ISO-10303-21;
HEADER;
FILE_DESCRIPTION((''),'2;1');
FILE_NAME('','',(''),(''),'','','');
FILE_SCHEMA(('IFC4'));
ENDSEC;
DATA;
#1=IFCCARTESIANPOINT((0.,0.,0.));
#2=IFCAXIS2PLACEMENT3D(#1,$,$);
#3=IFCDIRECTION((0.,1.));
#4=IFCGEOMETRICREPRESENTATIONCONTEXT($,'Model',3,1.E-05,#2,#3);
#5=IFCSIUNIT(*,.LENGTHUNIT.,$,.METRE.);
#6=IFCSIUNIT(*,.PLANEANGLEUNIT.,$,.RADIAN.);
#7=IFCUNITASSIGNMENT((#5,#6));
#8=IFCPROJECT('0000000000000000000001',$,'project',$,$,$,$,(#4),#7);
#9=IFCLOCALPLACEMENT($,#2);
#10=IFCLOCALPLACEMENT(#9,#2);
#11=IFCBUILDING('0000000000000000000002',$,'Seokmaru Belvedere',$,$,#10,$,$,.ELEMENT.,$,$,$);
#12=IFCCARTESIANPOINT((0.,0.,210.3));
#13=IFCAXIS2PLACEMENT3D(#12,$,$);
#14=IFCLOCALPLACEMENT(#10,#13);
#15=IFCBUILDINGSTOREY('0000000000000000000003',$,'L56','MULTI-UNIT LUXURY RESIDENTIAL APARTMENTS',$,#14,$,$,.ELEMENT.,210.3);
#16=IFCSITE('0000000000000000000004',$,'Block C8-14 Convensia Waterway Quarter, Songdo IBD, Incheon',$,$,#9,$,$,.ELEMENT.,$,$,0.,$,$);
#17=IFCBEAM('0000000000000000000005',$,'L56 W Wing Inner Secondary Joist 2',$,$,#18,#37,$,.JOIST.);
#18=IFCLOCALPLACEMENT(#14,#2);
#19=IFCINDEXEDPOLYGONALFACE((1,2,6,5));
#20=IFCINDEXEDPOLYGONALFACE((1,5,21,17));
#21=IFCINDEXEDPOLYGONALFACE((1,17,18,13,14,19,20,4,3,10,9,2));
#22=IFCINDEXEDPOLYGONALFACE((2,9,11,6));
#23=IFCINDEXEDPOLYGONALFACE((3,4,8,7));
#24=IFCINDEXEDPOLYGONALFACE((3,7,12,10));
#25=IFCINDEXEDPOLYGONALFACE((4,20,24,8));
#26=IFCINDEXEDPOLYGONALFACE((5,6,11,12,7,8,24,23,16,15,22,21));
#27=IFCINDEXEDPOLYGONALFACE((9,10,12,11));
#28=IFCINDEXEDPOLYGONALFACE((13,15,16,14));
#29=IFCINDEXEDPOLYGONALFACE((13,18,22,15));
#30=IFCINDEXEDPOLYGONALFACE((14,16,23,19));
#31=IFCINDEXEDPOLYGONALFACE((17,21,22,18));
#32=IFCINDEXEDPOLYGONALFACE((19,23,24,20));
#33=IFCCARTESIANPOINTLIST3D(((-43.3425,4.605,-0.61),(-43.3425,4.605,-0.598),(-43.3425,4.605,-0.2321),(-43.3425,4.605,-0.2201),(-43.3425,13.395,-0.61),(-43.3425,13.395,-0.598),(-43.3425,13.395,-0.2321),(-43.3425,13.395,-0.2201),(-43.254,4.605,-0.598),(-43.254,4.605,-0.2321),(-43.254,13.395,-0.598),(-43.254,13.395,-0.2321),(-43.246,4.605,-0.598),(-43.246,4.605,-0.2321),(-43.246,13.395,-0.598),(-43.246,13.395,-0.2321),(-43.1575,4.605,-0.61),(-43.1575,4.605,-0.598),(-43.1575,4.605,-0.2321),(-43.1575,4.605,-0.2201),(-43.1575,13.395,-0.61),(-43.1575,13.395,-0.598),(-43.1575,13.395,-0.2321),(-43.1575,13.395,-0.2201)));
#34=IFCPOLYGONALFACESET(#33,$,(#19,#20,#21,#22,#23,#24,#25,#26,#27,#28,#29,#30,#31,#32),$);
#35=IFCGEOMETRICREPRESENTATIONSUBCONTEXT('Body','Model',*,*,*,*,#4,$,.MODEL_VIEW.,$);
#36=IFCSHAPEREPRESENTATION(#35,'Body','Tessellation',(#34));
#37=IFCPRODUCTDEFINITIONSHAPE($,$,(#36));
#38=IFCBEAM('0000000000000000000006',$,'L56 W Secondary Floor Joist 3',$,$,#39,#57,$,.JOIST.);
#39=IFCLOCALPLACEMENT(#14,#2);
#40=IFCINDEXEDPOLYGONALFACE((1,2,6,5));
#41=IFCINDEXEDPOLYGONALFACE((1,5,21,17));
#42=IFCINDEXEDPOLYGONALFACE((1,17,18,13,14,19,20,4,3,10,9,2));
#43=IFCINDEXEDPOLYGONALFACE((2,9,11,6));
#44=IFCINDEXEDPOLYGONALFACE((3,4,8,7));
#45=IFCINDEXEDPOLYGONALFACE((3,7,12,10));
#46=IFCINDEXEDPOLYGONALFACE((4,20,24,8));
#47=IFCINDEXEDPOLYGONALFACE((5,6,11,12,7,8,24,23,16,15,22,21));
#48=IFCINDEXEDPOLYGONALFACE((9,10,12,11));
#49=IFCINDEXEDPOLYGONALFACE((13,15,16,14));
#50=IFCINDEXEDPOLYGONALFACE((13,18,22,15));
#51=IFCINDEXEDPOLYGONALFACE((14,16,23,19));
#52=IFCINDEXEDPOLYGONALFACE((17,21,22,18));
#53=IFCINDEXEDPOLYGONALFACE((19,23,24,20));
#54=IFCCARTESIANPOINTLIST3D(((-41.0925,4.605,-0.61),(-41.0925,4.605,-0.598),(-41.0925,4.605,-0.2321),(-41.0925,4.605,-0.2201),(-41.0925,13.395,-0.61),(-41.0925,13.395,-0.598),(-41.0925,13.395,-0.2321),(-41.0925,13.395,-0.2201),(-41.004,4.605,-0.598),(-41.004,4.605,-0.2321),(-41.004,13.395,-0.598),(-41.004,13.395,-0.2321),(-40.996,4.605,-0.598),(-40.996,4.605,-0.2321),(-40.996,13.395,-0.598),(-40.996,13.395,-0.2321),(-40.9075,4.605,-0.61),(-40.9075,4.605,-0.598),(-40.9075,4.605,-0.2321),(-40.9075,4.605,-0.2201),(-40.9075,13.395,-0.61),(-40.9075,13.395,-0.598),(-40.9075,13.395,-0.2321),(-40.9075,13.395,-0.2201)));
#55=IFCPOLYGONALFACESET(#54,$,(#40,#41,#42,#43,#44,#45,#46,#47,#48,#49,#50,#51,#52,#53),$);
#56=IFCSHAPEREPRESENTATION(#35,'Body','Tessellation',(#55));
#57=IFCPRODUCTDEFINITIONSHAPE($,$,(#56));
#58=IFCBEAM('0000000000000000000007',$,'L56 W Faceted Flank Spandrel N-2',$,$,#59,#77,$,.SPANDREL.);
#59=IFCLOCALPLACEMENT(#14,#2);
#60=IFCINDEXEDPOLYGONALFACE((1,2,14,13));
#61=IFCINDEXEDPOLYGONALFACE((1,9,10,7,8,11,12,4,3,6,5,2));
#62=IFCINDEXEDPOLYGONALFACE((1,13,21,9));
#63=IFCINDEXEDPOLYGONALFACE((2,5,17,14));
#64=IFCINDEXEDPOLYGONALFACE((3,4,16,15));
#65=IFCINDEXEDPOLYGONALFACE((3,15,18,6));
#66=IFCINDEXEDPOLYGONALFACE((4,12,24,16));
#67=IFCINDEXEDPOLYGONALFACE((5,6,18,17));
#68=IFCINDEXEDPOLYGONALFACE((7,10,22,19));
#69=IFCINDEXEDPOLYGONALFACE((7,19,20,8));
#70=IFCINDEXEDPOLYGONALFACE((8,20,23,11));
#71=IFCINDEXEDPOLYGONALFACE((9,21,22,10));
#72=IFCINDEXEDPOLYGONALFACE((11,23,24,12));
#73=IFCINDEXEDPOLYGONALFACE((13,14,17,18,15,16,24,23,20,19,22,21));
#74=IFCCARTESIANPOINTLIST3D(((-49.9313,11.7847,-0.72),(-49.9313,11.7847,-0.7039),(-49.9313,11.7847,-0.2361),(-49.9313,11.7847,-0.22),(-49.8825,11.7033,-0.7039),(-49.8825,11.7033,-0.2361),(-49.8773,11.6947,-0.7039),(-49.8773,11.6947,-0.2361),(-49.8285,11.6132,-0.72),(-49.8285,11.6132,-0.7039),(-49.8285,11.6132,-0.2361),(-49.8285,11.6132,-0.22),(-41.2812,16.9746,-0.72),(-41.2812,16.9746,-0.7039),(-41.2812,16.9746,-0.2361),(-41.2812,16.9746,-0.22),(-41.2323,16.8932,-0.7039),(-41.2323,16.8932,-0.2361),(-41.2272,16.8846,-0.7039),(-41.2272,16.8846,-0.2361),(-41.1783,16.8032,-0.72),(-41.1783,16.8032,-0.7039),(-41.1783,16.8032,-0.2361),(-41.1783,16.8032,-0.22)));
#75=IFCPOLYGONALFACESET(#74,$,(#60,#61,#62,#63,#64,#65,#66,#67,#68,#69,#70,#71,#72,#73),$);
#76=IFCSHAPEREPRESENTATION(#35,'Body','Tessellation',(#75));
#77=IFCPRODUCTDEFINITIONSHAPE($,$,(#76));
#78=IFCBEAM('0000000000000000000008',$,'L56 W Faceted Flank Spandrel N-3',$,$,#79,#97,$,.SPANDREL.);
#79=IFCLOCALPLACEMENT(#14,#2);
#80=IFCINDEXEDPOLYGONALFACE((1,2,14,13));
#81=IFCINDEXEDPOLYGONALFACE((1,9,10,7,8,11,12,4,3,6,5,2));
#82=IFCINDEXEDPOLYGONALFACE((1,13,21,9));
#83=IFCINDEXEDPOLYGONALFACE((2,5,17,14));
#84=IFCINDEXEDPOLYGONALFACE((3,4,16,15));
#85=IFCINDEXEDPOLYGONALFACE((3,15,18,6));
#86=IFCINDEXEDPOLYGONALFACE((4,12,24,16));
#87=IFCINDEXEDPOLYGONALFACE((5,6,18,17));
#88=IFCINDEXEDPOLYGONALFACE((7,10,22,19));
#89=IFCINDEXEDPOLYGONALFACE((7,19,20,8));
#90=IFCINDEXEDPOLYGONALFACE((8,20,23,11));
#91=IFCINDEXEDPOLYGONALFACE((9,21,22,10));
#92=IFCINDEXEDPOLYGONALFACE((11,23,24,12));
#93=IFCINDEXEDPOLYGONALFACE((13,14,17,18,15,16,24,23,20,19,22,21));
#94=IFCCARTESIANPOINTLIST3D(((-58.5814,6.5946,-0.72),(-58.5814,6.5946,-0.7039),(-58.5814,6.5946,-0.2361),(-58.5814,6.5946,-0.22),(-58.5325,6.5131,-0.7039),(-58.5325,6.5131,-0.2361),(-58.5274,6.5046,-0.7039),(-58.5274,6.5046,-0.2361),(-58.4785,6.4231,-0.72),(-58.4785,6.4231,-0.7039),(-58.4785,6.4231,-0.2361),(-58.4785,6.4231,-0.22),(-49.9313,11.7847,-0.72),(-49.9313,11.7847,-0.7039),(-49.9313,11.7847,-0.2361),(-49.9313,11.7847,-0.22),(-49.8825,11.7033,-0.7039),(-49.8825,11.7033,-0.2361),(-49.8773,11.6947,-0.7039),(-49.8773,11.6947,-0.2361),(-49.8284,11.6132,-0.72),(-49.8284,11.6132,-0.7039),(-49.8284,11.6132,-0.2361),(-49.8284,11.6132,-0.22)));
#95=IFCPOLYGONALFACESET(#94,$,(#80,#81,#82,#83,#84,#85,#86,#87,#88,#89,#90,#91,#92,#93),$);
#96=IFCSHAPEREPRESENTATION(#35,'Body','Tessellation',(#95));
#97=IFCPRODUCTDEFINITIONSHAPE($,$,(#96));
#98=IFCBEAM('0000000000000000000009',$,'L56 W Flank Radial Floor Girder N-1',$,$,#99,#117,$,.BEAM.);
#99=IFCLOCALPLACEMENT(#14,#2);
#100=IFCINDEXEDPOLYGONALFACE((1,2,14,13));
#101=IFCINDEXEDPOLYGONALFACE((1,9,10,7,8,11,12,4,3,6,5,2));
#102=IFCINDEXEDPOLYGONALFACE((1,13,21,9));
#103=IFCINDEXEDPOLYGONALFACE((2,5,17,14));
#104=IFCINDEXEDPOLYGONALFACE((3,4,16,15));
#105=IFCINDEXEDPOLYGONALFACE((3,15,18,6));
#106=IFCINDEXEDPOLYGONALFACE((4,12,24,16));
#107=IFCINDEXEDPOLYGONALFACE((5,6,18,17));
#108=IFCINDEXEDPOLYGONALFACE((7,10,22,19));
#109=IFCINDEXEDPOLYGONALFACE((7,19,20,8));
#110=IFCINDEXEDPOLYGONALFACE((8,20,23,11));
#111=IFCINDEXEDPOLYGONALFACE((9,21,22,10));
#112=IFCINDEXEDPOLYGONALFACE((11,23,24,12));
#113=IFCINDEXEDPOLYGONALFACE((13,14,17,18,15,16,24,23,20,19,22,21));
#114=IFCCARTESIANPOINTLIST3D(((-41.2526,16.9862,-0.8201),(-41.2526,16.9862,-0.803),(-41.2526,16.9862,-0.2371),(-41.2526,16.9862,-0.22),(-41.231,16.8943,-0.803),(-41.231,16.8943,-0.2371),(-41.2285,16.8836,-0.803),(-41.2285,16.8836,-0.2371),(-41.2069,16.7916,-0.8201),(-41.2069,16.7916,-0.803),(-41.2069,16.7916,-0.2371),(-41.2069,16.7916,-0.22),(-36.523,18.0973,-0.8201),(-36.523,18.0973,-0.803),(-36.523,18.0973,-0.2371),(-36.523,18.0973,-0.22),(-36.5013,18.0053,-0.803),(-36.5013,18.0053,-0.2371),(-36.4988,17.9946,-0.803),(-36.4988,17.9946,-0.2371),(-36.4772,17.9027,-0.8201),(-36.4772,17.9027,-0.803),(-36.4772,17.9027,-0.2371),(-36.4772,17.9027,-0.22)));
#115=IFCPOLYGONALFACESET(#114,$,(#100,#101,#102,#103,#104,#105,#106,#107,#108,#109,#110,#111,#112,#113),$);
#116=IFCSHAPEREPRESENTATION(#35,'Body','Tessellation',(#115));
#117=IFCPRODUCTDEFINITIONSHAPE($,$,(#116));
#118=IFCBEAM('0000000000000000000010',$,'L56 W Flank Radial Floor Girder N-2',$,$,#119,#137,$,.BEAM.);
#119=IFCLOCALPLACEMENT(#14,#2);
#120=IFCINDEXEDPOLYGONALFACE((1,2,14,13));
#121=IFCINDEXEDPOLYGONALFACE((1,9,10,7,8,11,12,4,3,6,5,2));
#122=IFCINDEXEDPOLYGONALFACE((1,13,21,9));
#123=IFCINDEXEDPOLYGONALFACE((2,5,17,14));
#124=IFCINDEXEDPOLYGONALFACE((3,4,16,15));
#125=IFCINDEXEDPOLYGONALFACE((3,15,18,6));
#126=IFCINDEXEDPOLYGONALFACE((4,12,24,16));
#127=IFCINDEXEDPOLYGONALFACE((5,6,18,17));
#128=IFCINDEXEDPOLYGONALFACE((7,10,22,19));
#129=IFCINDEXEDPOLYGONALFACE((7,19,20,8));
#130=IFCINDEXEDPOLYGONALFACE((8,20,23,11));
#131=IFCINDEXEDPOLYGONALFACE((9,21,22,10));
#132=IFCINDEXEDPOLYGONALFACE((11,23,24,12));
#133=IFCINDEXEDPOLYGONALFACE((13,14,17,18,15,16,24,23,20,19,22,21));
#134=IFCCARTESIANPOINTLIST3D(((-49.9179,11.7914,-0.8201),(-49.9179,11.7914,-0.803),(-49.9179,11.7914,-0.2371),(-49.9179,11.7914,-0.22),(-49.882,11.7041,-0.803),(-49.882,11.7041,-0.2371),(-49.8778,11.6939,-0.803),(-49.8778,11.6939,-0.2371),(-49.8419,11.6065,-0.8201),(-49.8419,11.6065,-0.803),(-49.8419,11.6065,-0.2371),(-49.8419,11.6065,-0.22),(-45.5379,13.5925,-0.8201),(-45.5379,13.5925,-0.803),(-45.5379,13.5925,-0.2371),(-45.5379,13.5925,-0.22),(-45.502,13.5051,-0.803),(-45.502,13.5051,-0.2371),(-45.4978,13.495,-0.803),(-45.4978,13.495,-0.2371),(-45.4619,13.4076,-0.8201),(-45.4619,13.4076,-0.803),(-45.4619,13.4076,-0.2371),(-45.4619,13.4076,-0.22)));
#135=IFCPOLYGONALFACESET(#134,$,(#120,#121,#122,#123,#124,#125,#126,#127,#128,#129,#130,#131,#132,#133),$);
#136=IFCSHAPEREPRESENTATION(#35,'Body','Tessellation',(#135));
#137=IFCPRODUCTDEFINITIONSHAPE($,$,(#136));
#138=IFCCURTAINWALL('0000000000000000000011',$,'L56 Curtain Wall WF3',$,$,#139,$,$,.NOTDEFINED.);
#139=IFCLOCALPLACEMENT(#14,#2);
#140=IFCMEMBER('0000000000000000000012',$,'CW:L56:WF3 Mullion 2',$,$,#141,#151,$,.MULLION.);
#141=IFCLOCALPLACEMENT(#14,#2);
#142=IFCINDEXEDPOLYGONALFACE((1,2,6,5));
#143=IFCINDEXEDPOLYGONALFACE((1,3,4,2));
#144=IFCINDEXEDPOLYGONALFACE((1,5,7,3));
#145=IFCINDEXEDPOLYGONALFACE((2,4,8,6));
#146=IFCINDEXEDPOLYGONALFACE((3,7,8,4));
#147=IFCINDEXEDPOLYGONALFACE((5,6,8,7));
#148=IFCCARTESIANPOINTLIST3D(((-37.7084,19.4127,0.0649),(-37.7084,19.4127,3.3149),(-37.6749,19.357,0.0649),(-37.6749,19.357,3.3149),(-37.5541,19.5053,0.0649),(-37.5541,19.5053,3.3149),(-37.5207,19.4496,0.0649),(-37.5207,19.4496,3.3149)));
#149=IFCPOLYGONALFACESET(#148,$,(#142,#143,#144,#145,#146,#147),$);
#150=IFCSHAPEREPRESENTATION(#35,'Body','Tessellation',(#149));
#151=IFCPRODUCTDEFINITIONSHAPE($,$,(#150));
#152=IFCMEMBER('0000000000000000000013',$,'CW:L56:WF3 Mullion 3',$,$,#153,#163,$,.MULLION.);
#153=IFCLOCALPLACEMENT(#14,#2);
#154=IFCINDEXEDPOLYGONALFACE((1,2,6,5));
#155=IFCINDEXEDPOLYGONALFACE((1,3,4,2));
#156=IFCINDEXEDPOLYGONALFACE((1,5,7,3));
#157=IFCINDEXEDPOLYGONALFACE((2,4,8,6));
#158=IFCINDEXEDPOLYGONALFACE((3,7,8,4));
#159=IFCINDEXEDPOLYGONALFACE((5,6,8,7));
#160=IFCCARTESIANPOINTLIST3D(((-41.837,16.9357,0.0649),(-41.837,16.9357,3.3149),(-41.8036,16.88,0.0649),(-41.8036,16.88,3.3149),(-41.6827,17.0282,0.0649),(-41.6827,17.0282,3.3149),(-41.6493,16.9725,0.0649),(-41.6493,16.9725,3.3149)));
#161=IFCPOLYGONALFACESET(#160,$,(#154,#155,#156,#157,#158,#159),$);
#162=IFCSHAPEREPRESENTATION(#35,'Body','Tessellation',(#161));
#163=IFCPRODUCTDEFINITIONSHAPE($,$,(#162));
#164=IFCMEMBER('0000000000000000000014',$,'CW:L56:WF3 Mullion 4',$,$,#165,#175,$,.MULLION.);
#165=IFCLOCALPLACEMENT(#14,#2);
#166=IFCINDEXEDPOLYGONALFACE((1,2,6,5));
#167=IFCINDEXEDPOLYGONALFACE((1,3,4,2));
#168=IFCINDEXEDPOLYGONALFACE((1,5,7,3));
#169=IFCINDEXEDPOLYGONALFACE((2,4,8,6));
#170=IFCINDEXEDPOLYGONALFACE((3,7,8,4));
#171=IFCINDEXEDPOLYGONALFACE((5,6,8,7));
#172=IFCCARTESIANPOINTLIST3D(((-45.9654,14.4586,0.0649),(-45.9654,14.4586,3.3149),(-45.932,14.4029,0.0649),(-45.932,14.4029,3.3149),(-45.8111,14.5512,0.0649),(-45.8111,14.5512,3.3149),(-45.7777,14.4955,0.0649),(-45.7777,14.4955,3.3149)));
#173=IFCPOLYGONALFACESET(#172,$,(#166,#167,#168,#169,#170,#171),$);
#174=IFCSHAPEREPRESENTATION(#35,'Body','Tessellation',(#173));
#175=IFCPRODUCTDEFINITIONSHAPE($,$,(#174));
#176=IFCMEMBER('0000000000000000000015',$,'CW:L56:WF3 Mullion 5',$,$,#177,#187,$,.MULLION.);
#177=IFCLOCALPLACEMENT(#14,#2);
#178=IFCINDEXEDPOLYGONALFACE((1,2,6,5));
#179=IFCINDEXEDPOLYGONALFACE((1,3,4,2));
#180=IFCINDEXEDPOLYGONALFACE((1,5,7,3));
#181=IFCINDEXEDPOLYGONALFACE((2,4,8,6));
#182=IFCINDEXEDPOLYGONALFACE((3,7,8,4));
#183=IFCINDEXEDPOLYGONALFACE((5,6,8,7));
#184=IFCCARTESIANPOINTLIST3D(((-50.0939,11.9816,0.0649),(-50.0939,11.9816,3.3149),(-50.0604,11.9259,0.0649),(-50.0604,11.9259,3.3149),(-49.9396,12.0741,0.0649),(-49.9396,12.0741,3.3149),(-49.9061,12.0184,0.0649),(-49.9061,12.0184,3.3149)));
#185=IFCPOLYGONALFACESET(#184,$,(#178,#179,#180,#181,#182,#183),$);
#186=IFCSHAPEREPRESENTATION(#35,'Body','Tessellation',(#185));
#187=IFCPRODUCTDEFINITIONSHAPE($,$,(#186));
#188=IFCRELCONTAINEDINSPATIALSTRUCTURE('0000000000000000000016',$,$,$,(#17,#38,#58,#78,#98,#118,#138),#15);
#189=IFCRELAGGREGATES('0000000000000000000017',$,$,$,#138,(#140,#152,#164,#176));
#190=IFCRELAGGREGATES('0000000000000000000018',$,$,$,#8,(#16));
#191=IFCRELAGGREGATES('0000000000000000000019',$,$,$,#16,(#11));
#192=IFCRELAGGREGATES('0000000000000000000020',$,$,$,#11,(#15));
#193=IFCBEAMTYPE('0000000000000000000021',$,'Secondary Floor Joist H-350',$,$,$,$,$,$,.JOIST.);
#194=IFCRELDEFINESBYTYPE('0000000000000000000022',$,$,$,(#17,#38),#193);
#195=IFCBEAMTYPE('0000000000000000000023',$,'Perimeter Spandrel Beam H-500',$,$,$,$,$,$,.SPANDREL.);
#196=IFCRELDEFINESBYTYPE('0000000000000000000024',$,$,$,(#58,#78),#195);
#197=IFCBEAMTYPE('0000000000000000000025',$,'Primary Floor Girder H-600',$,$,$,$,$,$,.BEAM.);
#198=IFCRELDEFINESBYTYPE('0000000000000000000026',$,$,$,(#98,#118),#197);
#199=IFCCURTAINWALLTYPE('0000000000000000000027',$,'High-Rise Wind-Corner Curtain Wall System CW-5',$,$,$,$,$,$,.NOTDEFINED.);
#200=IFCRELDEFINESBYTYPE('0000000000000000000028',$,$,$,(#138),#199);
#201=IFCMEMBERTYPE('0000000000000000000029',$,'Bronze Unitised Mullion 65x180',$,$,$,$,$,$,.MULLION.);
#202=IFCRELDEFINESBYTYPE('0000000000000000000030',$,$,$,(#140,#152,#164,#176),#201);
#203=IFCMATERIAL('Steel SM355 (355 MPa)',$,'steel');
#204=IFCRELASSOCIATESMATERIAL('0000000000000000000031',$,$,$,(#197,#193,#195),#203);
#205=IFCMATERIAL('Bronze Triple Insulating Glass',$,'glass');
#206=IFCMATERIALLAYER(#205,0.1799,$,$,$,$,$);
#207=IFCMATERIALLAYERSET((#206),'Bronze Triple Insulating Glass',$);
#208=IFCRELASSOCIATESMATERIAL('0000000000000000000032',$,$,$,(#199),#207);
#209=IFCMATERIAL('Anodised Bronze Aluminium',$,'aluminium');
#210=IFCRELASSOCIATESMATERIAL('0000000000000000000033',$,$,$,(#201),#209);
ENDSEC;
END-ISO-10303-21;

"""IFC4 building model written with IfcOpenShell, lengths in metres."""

from ifc_helpers import new_model, si_unit, direction, frame, origin, origin_2d, place, context, subcontext, project, spatial, rectangle, i_section, extrude, source, transform, mapped, material, layer, layer_set, material_profile, profile_set, type_object, type_shapes, element, aggregate, save


model = new_model("IFC4")

# Units and contexts
model_context = context("Model", 3, precision=1e-05, world=origin(), true_north=direction((0.0, 1.0)))
body_context = subcontext(model_context, "Body", "Model", "MODEL_VIEW")
ifc_project = project(units=[si_unit("LENGTHUNIT", "METRE"), si_unit("PLANEANGLEUNIT", "RADIAN")], contexts=[model_context])

# Site, building, storey
site_placement = place(None, origin())
site = spatial("IfcSite", under=ifc_project, at=site_placement, Name="Block C8-14 Convensia Waterway Quarter, Songdo IBD, Incheon", CompositionType="ELEMENT", RefElevation=0.0)
building_placement = place(site_placement, origin())
building = spatial("IfcBuilding", under=site, at=building_placement, Name="Seokmaru Belvedere", CompositionType="ELEMENT")
storey_placement = place(building_placement, frame((0.0, 0.0, 210.3)))
storey = spatial("IfcBuildingStorey", under=building, at=storey_placement, Name="L56", Description="MULTI-UNIT LUXURY RESIDENTIAL APARTMENTS", CompositionType="ELEMENT", Elevation=210.3)

# Shared definitions
ifc_material_1 = material(Name="Steel SM355 (355 MPa)", Category="steel")

# Beams
ifc_material_profile_1 = material_profile(ifc_material_1, i_section(OverallWidth=0.2, OverallDepth=0.6001, WebThickness=0.011, FlangeThickness=0.0171, at=origin_2d()), Name="H-600x200x11x17")
ifc_profile_set_1 = profile_set([ifc_material_profile_1], Name="Steel SM355 (355 MPa)")
beam_type_1 = type_object("IfcBeamType", Name="Primary Floor Girder H-600", PredefinedType="BEAM", material=ifc_profile_set_1)
ifc_material_profile_2 = material_profile(ifc_material_1, i_section(OverallWidth=0.1851, OverallDepth=0.3899, WebThickness=0.0081, FlangeThickness=0.012, at=origin_2d()), Name="H-390x185x8x12")
ifc_profile_set_2 = profile_set([ifc_material_profile_2], Name="Steel SM355 (355 MPa)")
beam_type_2 = type_object("IfcBeamType", Name="Secondary Floor Joist H-350", PredefinedType="JOIST", material=ifc_profile_set_2)
shared_shape_1 = source(origin(), body_context, "Body", "SweptSolid", [
    extrude(i_section(OverallWidth=0.1851, OverallDepth=0.3899, WebThickness=0.0081, FlangeThickness=0.012, at=origin_2d()), origin(), (0.0, 0.0, 1.0), 8.79),
])
type_shapes(beam_type_2, [shared_shape_1])
for number, where, z_axis, x_axis, name in (
    (1, (-43.25, 4.605, -0.415), (0.0, 1.0, 0.0), (-1.0, 0.0, 0.0), "L56 W Wing Inner Secondary Joist 2"),
    (2, (-41.0, 4.605, -0.415), (0.0, 1.0, 0.0), (-1.0, 0.0, 0.0), "L56 W Secondary Floor Joist 3"),
):
    element("IfcBeam", number, at=place(storey_placement, frame(where, z_axis=z_axis, x_axis=x_axis)), inside=storey, type_object=beam_type_2, Name=name, PredefinedType="JOIST", context=body_context, shape_type="MappedRepresentation", body=[
        mapped(shared_shape_1, transform((0.0, 0.0, 0.0), scale=1.0)),
    ])
ifc_material_profile_3 = material_profile(ifc_material_1, i_section(OverallWidth=0.2, OverallDepth=0.5, WebThickness=0.01, FlangeThickness=0.0161, at=origin_2d()), Name="H-500x200x10x16")
ifc_profile_set_3 = profile_set([ifc_material_profile_3], Name="Steel SM355 (355 MPa)")
beam_type_3 = type_object("IfcBeamType", Name="Perimeter Spandrel Beam H-500", PredefinedType="SPANDREL", material=ifc_profile_set_3)
shared_shape_2 = source(origin(), body_context, "Body", "SweptSolid", [
    extrude(i_section(OverallWidth=0.2, OverallDepth=0.5, WebThickness=0.01, FlangeThickness=0.0161, at=origin_2d()), origin(), (0.0, 0.0, 1.0), 10.0876),
])
type_shapes(beam_type_3, [shared_shape_2])
for number, where, z_axis, x_axis, name in (
    (3, (-41.2297, 16.8889, -0.47), (-0.857499, -0.514485, 0.0), (0.514485, -0.857499, 0.0), "L56 W Faceted Flank Spandrel N-2"),
    (4, (-49.8799, 11.699, -0.47), (-0.857489, -0.514503, 0.0), (0.514503, -0.857489, 0.0), "L56 W Faceted Flank Spandrel N-3"),
):
    element("IfcBeam", number, at=place(storey_placement, frame(where, z_axis=z_axis, x_axis=x_axis)), inside=storey, type_object=beam_type_3, Name=name, PredefinedType="SPANDREL", context=body_context, shape_type="MappedRepresentation", body=[
        mapped(shared_shape_2, transform((0.0, 0.0, 0.0), scale=1.0)),
    ])
shared_shape_3 = source(origin(), body_context, "Body", "SweptSolid", [
    extrude(i_section(OverallWidth=0.2, OverallDepth=0.6001, WebThickness=0.011, FlangeThickness=0.0171, at=origin_2d()), origin(), (0.0, 0.0, 1.0), 4.8584),
])
beam_1_placement = place(storey_placement, frame((-41.2297, 16.8889, -0.52), z_axis=(0.973499, 0.228689, 0.0), x_axis=(-0.228689, 0.973499, 0.0)))
element("IfcBeam", 5, at=beam_1_placement, inside=storey, type_object=beam_type_1, Name="L56 W Flank Radial Floor Girder N-1", PredefinedType="BEAM", context=body_context, shape_type="MappedRepresentation", body=[
    mapped(shared_shape_3, transform((0.0, 0.0, 0.0), scale=1.0)),
])
shared_shape_4 = source(origin(), body_context, "Body", "SweptSolid", [
    extrude(i_section(OverallWidth=0.2, OverallDepth=0.6001, WebThickness=0.011, FlangeThickness=0.0171, at=origin_2d()), origin(), (0.0, 0.0, 1.0), 4.7358),
])
beam_2_placement = place(storey_placement, frame((-49.8799, 11.699, -0.52), z_axis=(0.924861, 0.380306, 0.0), x_axis=(-0.380306, 0.924861, 0.0)))
element("IfcBeam", 6, at=beam_2_placement, inside=storey, type_object=beam_type_1, Name="L56 W Flank Radial Floor Girder N-2", PredefinedType="BEAM", context=body_context, shape_type="MappedRepresentation", body=[
    mapped(shared_shape_4, transform((0.0, 0.0, 0.0), scale=1.0)),
])

# Curtain wall, members
ifc_material_2 = material(Name="Bronze Triple Insulating Glass", Category="glass")
ifc_layer_1 = layer(ifc_material_2, 0.1799)
ifc_layer_set_1 = layer_set([ifc_layer_1], Name="Bronze Triple Insulating Glass")
curtain_wall_type = type_object("IfcCurtainWallType", Name="High-Rise Wind-Corner Curtain Wall System CW-5", PredefinedType="NOTDEFINED", material=ifc_layer_set_1)
curtain_wall_placement = place(storey_placement, origin())
curtain_wall = element("IfcCurtainWall", 7, at=curtain_wall_placement, inside=storey, type_object=curtain_wall_type, Name="L56 Curtain Wall WF3", PredefinedType="NOTDEFINED")
ifc_material_3 = material(Name="Anodised Bronze Aluminium", Category="aluminium")
ifc_material_profile_4 = material_profile(ifc_material_3, rectangle(XDim=0.0649, YDim=0.1799, at=origin_2d()), Name="CW-M-65x180")
ifc_profile_set_4 = profile_set([ifc_material_profile_4], Name="Anodised Bronze Aluminium")
member_type = type_object("IfcMemberType", Name="Bronze Unitised Mullion 65x180", PredefinedType="MULLION", material=ifc_profile_set_4)
shared_shape_5 = source(origin(), body_context, "Body", "SweptSolid", [
    extrude(rectangle(XDim=0.0649, YDim=0.1799, at=origin_2d()), origin(), (0.0, 0.0, 1.0), 3.25),
])
type_shapes(member_type, [shared_shape_5])
member_1_placement = place(storey_placement, frame((-37.6145, 19.4312, 0.0649), z_axis=(0.0, 0.0, 1.0), x_axis=(0.514495, -0.857493, 0.0)))
member_1 = element("IfcMember", 8, at=member_1_placement, type_object=member_type, Name="CW:L56:WF3 Mullion 2", PredefinedType="MULLION", context=body_context, shape_type="MappedRepresentation", body=[
    mapped(shared_shape_5, transform((0.0, 0.0, 0.0), scale=1.0)),
])
member_2_placement = place(storey_placement, frame((-41.7432, 16.9541, 0.0649), z_axis=(0.0, 0.0, 1.0), x_axis=(0.514495, -0.857493, 0.0)))
member_2 = element("IfcMember", 9, at=member_2_placement, type_object=member_type, Name="CW:L56:WF3 Mullion 3", PredefinedType="MULLION", context=body_context, shape_type="MappedRepresentation", body=[
    mapped(shared_shape_5, transform((0.0, 0.0, 0.0), scale=1.0)),
])
member_3_placement = place(storey_placement, frame((-45.8716, 14.4771, 0.0649), z_axis=(0.0, 0.0, 1.0), x_axis=(0.514495, -0.857493, 0.0)))
member_3 = element("IfcMember", 10, at=member_3_placement, type_object=member_type, Name="CW:L56:WF3 Mullion 4", PredefinedType="MULLION", context=body_context, shape_type="MappedRepresentation", body=[
    mapped(shared_shape_5, transform((0.0, 0.0, 0.0), scale=1.0)),
])
member_4_placement = place(storey_placement, frame((-50.0, 12.0, 0.0649), z_axis=(0.0, 0.0, 1.0), x_axis=(0.514495, -0.857493, 0.0)))
member_4 = element("IfcMember", 11, at=member_4_placement, type_object=member_type, Name="CW:L56:WF3 Mullion 5", PredefinedType="MULLION", context=body_context, shape_type="MappedRepresentation", body=[
    mapped(shared_shape_5, transform((0.0, 0.0, 0.0), scale=1.0)),
])
aggregate(curtain_wall, [member_1, member_2, member_3, member_4])

save(model, "model.ifc")
